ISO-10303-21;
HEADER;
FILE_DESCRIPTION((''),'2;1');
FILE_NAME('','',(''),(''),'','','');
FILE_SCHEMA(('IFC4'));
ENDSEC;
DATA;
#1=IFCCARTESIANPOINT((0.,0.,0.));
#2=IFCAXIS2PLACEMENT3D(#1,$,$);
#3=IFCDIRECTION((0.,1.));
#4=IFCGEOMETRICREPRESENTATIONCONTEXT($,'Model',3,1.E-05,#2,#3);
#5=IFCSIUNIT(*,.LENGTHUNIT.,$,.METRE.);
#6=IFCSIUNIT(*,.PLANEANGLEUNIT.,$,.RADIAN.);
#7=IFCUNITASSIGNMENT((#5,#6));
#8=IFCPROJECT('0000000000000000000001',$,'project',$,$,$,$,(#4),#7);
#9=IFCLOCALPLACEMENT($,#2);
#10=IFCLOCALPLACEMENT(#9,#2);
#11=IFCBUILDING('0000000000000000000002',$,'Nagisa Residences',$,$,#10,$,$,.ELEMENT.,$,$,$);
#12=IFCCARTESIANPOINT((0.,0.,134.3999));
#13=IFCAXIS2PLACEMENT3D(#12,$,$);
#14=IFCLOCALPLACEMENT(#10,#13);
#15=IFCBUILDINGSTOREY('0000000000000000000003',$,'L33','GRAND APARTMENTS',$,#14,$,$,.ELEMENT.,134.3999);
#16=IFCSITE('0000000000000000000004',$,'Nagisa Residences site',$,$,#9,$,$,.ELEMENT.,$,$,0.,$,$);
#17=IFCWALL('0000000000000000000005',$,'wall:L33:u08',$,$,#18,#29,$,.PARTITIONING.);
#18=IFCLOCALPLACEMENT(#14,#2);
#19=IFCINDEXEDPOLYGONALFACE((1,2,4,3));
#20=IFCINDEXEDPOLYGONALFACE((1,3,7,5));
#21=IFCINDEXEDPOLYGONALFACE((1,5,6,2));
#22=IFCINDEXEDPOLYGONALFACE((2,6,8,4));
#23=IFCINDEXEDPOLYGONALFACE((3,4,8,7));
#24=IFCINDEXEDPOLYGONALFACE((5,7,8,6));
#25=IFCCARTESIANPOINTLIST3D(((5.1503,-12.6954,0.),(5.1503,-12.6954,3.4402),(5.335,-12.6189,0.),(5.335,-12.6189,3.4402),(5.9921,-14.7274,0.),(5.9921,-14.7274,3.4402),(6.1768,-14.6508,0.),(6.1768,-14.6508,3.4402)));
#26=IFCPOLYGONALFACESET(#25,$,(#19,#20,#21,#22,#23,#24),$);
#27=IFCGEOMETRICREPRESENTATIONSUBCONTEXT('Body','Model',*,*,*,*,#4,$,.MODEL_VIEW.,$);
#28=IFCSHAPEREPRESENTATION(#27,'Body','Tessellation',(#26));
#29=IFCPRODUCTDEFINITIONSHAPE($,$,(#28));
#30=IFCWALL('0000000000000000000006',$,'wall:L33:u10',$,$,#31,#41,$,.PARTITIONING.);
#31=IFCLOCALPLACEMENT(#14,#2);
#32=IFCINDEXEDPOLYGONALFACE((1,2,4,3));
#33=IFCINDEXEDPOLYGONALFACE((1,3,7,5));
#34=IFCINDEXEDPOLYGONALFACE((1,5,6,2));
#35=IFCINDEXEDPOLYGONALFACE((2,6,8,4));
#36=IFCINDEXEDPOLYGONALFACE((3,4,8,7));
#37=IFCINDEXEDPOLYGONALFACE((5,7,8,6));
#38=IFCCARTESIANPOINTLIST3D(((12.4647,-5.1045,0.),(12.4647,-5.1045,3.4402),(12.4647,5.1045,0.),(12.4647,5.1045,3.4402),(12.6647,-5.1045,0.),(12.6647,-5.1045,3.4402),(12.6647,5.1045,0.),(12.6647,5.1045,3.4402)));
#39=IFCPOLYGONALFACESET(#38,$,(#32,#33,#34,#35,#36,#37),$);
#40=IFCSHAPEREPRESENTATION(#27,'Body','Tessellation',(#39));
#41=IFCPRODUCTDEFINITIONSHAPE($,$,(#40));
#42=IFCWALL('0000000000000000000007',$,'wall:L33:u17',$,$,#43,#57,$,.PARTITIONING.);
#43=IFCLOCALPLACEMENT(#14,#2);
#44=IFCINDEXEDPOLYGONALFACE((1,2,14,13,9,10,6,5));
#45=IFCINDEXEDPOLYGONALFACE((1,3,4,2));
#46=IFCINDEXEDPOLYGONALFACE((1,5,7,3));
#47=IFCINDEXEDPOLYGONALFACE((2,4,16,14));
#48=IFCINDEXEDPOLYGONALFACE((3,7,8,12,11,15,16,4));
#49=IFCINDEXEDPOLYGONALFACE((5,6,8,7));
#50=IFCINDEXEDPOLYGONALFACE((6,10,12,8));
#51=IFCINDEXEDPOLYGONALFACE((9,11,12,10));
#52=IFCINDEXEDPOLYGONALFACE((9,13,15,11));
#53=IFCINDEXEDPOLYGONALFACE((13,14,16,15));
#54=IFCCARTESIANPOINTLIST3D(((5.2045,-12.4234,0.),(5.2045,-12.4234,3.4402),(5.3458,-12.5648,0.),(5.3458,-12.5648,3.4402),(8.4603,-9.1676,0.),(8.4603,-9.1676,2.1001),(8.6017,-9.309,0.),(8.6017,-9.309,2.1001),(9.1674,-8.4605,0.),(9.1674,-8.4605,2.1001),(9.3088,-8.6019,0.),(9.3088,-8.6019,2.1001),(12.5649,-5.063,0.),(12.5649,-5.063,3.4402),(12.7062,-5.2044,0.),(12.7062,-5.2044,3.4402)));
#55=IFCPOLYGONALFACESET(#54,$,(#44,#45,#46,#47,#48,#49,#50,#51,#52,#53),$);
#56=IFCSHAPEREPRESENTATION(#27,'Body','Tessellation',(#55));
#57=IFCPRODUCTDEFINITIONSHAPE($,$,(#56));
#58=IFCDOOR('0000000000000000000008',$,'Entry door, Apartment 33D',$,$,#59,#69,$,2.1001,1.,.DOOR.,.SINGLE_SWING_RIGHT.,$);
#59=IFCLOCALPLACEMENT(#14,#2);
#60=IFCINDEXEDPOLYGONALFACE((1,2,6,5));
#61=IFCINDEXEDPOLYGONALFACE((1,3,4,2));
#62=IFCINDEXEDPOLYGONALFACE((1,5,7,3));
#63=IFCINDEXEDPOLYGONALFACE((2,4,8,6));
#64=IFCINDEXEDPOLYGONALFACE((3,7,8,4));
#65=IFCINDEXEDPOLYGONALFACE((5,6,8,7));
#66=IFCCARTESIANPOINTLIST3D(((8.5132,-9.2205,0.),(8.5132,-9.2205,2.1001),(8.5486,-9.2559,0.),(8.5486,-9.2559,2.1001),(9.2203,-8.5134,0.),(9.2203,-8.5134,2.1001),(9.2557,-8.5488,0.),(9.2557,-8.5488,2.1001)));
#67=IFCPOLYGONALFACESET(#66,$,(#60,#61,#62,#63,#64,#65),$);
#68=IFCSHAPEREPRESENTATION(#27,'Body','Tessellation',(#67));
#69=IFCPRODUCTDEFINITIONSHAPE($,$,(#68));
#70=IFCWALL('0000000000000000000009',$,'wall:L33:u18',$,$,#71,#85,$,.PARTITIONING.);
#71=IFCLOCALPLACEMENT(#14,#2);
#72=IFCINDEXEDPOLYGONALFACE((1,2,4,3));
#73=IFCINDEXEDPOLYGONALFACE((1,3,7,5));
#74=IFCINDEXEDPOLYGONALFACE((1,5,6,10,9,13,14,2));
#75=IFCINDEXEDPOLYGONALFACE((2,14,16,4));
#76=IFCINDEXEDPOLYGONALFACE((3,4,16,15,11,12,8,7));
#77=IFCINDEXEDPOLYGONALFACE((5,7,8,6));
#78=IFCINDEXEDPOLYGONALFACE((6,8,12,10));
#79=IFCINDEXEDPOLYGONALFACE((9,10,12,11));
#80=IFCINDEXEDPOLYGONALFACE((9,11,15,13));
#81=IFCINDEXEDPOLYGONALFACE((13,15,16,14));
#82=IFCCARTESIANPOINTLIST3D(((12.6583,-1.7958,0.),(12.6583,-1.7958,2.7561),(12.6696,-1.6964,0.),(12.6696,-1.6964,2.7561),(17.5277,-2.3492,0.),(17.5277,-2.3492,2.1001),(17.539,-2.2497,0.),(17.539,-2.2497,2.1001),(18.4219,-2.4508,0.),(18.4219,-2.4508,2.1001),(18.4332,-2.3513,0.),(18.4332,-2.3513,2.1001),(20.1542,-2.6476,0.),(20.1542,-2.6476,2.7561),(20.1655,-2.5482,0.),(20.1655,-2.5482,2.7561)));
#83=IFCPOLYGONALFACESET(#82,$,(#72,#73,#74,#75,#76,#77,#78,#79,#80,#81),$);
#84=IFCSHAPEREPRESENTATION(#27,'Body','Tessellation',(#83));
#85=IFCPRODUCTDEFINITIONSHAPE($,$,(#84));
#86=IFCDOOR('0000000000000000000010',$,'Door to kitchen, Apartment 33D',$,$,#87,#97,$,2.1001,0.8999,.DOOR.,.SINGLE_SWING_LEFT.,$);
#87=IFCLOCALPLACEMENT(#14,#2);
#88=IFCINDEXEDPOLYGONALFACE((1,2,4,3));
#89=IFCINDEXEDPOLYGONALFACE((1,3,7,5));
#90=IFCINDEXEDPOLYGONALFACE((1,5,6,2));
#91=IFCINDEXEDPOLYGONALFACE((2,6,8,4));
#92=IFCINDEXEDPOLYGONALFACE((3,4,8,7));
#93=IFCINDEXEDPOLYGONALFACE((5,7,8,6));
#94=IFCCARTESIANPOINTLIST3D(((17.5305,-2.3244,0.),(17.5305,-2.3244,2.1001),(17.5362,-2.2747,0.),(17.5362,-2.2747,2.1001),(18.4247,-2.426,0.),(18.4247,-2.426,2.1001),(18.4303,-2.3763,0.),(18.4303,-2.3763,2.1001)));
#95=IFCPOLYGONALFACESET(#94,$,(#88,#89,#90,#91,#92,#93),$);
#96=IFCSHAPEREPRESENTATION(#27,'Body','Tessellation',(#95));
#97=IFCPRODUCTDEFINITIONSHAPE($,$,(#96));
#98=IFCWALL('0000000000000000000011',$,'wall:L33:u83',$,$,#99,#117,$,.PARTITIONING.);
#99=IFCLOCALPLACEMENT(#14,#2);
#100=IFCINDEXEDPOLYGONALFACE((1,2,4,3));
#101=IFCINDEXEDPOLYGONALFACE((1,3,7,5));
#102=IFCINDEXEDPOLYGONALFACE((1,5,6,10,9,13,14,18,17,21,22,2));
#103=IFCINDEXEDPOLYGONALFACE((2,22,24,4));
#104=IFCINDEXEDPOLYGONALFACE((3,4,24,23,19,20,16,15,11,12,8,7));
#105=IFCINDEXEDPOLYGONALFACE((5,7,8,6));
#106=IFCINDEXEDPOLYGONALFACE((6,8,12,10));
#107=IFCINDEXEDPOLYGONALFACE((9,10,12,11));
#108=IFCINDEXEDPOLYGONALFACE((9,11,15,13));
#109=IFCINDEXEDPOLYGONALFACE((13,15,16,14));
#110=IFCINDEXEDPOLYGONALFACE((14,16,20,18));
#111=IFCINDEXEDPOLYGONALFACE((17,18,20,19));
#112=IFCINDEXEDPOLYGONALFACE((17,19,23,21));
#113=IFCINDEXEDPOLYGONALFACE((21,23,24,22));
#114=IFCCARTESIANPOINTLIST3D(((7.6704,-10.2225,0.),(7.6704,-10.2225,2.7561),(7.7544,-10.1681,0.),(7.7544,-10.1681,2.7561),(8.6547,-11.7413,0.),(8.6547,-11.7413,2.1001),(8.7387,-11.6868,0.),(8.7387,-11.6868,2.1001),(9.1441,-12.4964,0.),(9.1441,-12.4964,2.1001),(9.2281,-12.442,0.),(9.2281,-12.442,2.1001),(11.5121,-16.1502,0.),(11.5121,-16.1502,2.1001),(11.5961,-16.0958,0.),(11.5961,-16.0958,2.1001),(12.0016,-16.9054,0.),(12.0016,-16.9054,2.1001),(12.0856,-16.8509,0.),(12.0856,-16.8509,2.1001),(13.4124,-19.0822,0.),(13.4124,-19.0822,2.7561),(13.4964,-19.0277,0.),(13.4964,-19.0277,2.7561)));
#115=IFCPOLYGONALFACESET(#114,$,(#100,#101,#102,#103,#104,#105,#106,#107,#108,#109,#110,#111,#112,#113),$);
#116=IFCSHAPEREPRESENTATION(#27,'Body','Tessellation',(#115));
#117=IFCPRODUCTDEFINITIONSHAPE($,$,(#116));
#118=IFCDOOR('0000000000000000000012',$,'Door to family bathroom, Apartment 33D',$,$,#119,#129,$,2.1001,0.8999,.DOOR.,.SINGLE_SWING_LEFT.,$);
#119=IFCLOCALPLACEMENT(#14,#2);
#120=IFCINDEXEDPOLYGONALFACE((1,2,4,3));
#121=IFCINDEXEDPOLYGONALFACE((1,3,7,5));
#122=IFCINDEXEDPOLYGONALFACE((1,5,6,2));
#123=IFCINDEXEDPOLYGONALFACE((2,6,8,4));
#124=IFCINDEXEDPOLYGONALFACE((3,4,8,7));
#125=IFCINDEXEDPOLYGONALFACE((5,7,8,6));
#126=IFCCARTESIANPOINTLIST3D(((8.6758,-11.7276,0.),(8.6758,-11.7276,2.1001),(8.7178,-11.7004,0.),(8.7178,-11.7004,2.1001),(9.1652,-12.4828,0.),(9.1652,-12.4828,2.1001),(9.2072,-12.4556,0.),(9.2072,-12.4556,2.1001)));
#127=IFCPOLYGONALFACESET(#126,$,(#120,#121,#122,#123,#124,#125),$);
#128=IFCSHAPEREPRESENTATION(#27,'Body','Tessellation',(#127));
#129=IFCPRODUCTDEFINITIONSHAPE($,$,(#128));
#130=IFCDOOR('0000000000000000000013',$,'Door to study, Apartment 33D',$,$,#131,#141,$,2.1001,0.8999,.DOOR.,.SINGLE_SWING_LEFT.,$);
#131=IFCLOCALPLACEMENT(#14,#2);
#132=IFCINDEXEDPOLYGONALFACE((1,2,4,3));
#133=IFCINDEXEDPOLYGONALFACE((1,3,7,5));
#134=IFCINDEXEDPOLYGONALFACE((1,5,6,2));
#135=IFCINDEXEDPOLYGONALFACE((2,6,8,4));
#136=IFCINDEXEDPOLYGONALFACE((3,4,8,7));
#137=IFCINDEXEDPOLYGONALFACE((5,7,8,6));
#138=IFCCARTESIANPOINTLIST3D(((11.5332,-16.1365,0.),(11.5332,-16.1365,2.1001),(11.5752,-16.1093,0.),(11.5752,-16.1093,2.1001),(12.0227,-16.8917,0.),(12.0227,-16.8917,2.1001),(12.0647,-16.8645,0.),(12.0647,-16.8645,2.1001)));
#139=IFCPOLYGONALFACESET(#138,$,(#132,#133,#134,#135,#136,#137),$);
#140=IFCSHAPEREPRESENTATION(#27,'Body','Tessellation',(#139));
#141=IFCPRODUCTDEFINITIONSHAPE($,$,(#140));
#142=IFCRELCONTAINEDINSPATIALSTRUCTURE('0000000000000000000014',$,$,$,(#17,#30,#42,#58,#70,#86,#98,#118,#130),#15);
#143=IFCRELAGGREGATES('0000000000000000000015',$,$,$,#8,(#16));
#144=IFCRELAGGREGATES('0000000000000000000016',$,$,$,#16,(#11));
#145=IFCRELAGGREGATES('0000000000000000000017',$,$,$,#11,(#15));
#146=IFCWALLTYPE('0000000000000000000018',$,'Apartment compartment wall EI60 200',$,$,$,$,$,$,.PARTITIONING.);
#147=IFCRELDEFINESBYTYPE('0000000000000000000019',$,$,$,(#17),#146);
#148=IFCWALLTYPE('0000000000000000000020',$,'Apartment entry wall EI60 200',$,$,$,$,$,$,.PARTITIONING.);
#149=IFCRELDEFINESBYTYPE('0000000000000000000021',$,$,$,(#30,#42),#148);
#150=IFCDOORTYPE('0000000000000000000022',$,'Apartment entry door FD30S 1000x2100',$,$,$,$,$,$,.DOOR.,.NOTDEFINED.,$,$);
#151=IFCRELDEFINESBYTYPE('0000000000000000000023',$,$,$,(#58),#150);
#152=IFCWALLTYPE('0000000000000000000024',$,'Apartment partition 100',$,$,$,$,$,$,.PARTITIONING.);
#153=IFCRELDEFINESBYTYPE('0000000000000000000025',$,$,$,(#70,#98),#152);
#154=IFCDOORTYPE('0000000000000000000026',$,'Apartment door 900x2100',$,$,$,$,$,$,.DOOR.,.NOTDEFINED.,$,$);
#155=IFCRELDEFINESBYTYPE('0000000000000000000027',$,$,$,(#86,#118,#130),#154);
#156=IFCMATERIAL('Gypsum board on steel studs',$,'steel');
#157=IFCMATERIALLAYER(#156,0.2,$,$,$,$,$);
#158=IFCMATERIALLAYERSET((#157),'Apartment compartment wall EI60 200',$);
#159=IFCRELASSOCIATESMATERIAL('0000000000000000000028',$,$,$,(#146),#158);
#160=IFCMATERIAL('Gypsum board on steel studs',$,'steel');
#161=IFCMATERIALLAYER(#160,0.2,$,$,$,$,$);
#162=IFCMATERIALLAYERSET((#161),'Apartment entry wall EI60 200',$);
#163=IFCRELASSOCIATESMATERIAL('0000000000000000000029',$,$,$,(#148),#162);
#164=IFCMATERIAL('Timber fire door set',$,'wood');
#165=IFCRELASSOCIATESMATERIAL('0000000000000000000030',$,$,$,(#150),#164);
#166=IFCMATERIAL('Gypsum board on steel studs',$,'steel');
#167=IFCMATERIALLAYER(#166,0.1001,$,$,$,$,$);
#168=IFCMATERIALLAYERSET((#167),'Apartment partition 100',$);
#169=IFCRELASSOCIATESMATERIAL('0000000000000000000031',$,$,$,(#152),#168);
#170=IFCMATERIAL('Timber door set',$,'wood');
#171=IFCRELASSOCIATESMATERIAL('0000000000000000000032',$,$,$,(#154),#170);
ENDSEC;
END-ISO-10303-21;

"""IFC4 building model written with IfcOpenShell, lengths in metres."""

from ifc_helpers import new_model, si_unit, direction, frame, frame_2d, origin, place, context, subcontext, project, spatial, rectangle, extrude, material, layer, layer_set, type_object, element, fill, save


model = new_model("IFC4")

# Units and contexts
model_context = context("Model", 3, precision=1e-05, world=origin(), true_north=direction((0.0, 1.0)))
body_context = subcontext(model_context, "Body", "Model", "MODEL_VIEW")
ifc_project = project(units=[si_unit("LENGTHUNIT", "METRE"), si_unit("PLANEANGLEUNIT", "RADIAN")], contexts=[model_context])

# Site, building, storey
site_placement = place(None, origin())
site = spatial("IfcSite", under=ifc_project, at=site_placement, Name="Nagisa Residences site", CompositionType="ELEMENT", RefElevation=0.0)
building_placement = place(site_placement, origin())
building = spatial("IfcBuilding", under=site, at=building_placement, Name="Nagisa Residences", CompositionType="ELEMENT")
storey_placement = place(building_placement, frame((0.0, 0.0, 134.3999)))
storey = spatial("IfcBuildingStorey", under=building, at=storey_placement, Name="L33", Description="GRAND APARTMENTS", CompositionType="ELEMENT", Elevation=134.3999)

# Walls
ifc_material_1 = material(Name="Gypsum board on steel studs", Category="steel")
ifc_layer_1 = layer(ifc_material_1, 0.2)
ifc_layer_set_1 = layer_set([ifc_layer_1], Name="Apartment compartment wall EI60 200")
wall_type_1 = type_object("IfcWallType", Name="Apartment compartment wall EI60 200", PredefinedType="PARTITIONING", material=ifc_layer_set_1)
wall_1_placement = place(storey_placement, frame((5.2427, -12.6572, 0.0), z_axis=(0.0, 0.0, 1.0), x_axis=(0.382731, -0.92386, 0.0)))
element("IfcWall", 1, at=wall_1_placement, inside=storey, type_object=wall_type_1, Name="wall:L33:u08", PredefinedType="PARTITIONING", context=body_context, shape_type="SweptSolid", body=[
    extrude(rectangle(XDim=2.1995, YDim=0.2, at=frame_2d((1.0996, 0.0))), origin(), (0.0, 0.0, 1.0), 3.4402),
])
ifc_material_2 = material(Name="Gypsum board on steel studs", Category="steel")
ifc_layer_2 = layer(ifc_material_2, 0.2)
ifc_layer_set_2 = layer_set([ifc_layer_2], Name="Apartment entry wall EI60 200")
wall_type_2 = type_object("IfcWallType", Name="Apartment entry wall EI60 200", PredefinedType="PARTITIONING", material=ifc_layer_set_2)
wall_2_placement = place(storey_placement, frame((12.5647, -5.1045, 0.0), z_axis=(0.0, 0.0, 1.0), x_axis=(0.0, 1.0, 0.0)))
element("IfcWall", 2, at=wall_2_placement, inside=storey, type_object=wall_type_2, Name="wall:L33:u10", PredefinedType="PARTITIONING", context=body_context, shape_type="SweptSolid", body=[
    extrude(rectangle(XDim=10.209, YDim=0.2, at=frame_2d((5.1045, 0.0))), origin(), (0.0, 0.0, 1.0), 3.4402),
])

# Walls, openings, doors
wall_3_placement = place(storey_placement, frame((5.2751, -12.4941, 0.0), z_axis=(0.0, 0.0, 1.0), x_axis=(0.707107, 0.707107, 0.0)))
wall_3 = element("IfcWall", 3, at=wall_3_placement, inside=storey, type_object=wall_type_2, Name="wall:L33:u17", PredefinedType="PARTITIONING", context=body_context, shape_type="SweptSolid", body=[
    extrude(rectangle(XDim=10.4092, YDim=0.2, at=frame_2d((5.2046, 0.0))), origin(), (0.0, 0.0, 1.0), 3.4402),
])
opening_1_placement = place(wall_3_placement, frame((4.6045, 0.0, 0.0)))
opening_1 = element("IfcOpeningElement", 4, at=opening_1_placement, cuts=wall_3, PredefinedType="OPENING", context=body_context, shape_type="SweptSolid", body=[
    extrude(rectangle(XDim=1.0, YDim=2.1001, at=frame_2d((0.5, 1.05))), frame((0.0, 0.1099, 0.0), z_axis=(0.0, -1.0, 0.0), x_axis=(1.0, 0.0, 0.0)), (0.0, 0.0, 1.0), 0.22),
])
ifc_material_3 = material(Name="Timber fire door set", Category="wood")
door_type_1 = type_object("IfcDoorType", Name="Apartment entry door FD30S 1000x2100", OperationType="NOTDEFINED", PredefinedType="DOOR", material=ifc_material_3)
door_1_placement = place(opening_1_placement, frame((1.0, 0.0, 0.0), x_axis=(-1.0, 0.0, 0.0)))
door_1 = element("IfcDoor", 5, at=door_1_placement, inside=storey, type_object=door_type_1, Name="Entry door, Apartment 33D", OperationType="SINGLE_SWING_RIGHT", OverallHeight=2.1001, OverallWidth=1.0, PredefinedType="DOOR", context=body_context, shape_type="SweptSolid", body=[
    extrude(rectangle(XDim=1.0, YDim=2.1001, at=frame_2d((0.5, 1.05))), frame((0.0, 0.0249, 0.0), z_axis=(0.0, -1.0, 0.0), x_axis=(1.0, 0.0, 0.0)), (0.0, 0.0, 1.0), 0.05),
])
fill(opening_1, door_1)
ifc_material_4 = material(Name="Gypsum board on steel studs", Category="steel")
ifc_layer_3 = layer(ifc_material_4, 0.1001)
ifc_layer_set_3 = layer_set([ifc_layer_3], Name="Apartment partition 100")
wall_type_3 = type_object("IfcWallType", Name="Apartment partition 100", PredefinedType="PARTITIONING", material=ifc_layer_set_3)
wall_4_placement = place(storey_placement, frame((12.6641, -1.7461, 0.0), z_axis=(0.0, 0.0, 1.0), x_axis=(0.993605, -0.11291, 0.0)))
wall_4 = element("IfcWall", 6, at=wall_4_placement, inside=storey, type_object=wall_type_3, Name="wall:L33:u18", PredefinedType="PARTITIONING", context=body_context, shape_type="SweptSolid", body=[
    extrude(rectangle(XDim=7.5442, YDim=0.1001, at=frame_2d((3.772, 0.0))), origin(), (0.0, 0.0, 1.0), 2.7561),
])
opening_2_placement = place(wall_4_placement, frame((4.9006, 0.0, 0.0)))
opening_2 = element("IfcOpeningElement", 7, at=opening_2_placement, cuts=wall_4, PredefinedType="OPENING", context=body_context, shape_type="SweptSolid", body=[
    extrude(rectangle(XDim=0.8999, YDim=2.1001, at=frame_2d((0.45, 1.05))), frame((0.0, 0.0601, 0.0), z_axis=(0.0, -1.0, 0.0), x_axis=(1.0, 0.0, 0.0)), (0.0, 0.0, 1.0), 0.1201),
])
ifc_material_5 = material(Name="Timber door set", Category="wood")
door_type_2 = type_object("IfcDoorType", Name="Apartment door 900x2100", OperationType="NOTDEFINED", PredefinedType="DOOR", material=ifc_material_5)
door_2_placement = place(opening_2_placement, origin())
door_2 = element("IfcDoor", 8, at=door_2_placement, inside=storey, type_object=door_type_2, Name="Door to kitchen, Apartment 33D", OperationType="SINGLE_SWING_LEFT", OverallHeight=2.1001, OverallWidth=0.8999, PredefinedType="DOOR", context=body_context, shape_type="SweptSolid", body=[
    extrude(rectangle(XDim=0.8999, YDim=2.1001, at=frame_2d((0.45, 1.05))), frame((0.0, 0.0249, 0.0), z_axis=(0.0, -1.0, 0.0), x_axis=(1.0, 0.0, 0.0)), (0.0, 0.0, 1.0), 0.05),
])
fill(opening_2, door_2)

# Wall, openings, doors
wall_5_placement = place(storey_placement, frame((7.7124, -10.1953, 0.0), z_axis=(0.0, 0.0, 1.0), x_axis=(0.543869, -0.83917, 0.0)))
wall_5 = element("IfcWall", 9, at=wall_5_placement, inside=storey, type_object=wall_type_3, Name="wall:L33:u83", PredefinedType="PARTITIONING", context=body_context, shape_type="SweptSolid", body=[
    extrude(rectangle(XDim=10.5576, YDim=0.1001, at=frame_2d((5.2788, 0.0))), origin(), (0.0, 0.0, 1.0), 2.7561),
])
opening_3_placement = place(wall_5_placement, frame((1.8098, 0.0, 0.0)))
opening_3 = element("IfcOpeningElement", 10, at=opening_3_placement, cuts=wall_5, PredefinedType="OPENING", context=body_context, shape_type="SweptSolid", body=[
    extrude(rectangle(XDim=0.8999, YDim=2.1001, at=frame_2d((0.45, 1.05))), frame((0.0, 0.0601, 0.0), z_axis=(0.0, -1.0, 0.0), x_axis=(1.0, 0.0, 0.0)), (0.0, 0.0, 1.0), 0.1201),
])
opening_4_placement = place(wall_5_placement, frame((7.0637, 0.0, 0.0)))
opening_4 = element("IfcOpeningElement", 11, at=opening_4_placement, cuts=wall_5, PredefinedType="OPENING", context=body_context, shape_type="SweptSolid", body=[
    extrude(rectangle(XDim=0.8999, YDim=2.1001, at=frame_2d((0.45, 1.05))), frame((0.0, 0.0601, 0.0), z_axis=(0.0, -1.0, 0.0), x_axis=(1.0, 0.0, 0.0)), (0.0, 0.0, 1.0), 0.1201),
])
door_3_placement = place(opening_3_placement, frame((0.8999, 0.0, 0.0), x_axis=(-1.0, 0.0, 0.0)))
door_3 = element("IfcDoor", 12, at=door_3_placement, inside=storey, type_object=door_type_2, Name="Door to family bathroom, Apartment 33D", OperationType="SINGLE_SWING_LEFT", OverallHeight=2.1001, OverallWidth=0.8999, PredefinedType="DOOR", context=body_context, shape_type="SweptSolid", body=[
    extrude(rectangle(XDim=0.8999, YDim=2.1001, at=frame_2d((0.45, 1.05))), frame((0.0, 0.0249, 0.0), z_axis=(0.0, -1.0, 0.0), x_axis=(1.0, 0.0, 0.0)), (0.0, 0.0, 1.0), 0.05),
])
fill(opening_3, door_3)
door_4_placement = place(opening_4_placement, frame((0.8999, 0.0, 0.0), x_axis=(-1.0, 0.0, 0.0)))
door_4 = element("IfcDoor", 13, at=door_4_placement, inside=storey, type_object=door_type_2, Name="Door to study, Apartment 33D", OperationType="SINGLE_SWING_LEFT", OverallHeight=2.1001, OverallWidth=0.8999, PredefinedType="DOOR", context=body_context, shape_type="SweptSolid", body=[
    extrude(rectangle(XDim=0.8999, YDim=2.1001, at=frame_2d((0.45, 1.05))), frame((0.0, 0.0249, 0.0), z_axis=(0.0, -1.0, 0.0), x_axis=(1.0, 0.0, 0.0)), (0.0, 0.0, 1.0), 0.05),
])
fill(opening_4, door_4)

save(model, "model.ifc")
